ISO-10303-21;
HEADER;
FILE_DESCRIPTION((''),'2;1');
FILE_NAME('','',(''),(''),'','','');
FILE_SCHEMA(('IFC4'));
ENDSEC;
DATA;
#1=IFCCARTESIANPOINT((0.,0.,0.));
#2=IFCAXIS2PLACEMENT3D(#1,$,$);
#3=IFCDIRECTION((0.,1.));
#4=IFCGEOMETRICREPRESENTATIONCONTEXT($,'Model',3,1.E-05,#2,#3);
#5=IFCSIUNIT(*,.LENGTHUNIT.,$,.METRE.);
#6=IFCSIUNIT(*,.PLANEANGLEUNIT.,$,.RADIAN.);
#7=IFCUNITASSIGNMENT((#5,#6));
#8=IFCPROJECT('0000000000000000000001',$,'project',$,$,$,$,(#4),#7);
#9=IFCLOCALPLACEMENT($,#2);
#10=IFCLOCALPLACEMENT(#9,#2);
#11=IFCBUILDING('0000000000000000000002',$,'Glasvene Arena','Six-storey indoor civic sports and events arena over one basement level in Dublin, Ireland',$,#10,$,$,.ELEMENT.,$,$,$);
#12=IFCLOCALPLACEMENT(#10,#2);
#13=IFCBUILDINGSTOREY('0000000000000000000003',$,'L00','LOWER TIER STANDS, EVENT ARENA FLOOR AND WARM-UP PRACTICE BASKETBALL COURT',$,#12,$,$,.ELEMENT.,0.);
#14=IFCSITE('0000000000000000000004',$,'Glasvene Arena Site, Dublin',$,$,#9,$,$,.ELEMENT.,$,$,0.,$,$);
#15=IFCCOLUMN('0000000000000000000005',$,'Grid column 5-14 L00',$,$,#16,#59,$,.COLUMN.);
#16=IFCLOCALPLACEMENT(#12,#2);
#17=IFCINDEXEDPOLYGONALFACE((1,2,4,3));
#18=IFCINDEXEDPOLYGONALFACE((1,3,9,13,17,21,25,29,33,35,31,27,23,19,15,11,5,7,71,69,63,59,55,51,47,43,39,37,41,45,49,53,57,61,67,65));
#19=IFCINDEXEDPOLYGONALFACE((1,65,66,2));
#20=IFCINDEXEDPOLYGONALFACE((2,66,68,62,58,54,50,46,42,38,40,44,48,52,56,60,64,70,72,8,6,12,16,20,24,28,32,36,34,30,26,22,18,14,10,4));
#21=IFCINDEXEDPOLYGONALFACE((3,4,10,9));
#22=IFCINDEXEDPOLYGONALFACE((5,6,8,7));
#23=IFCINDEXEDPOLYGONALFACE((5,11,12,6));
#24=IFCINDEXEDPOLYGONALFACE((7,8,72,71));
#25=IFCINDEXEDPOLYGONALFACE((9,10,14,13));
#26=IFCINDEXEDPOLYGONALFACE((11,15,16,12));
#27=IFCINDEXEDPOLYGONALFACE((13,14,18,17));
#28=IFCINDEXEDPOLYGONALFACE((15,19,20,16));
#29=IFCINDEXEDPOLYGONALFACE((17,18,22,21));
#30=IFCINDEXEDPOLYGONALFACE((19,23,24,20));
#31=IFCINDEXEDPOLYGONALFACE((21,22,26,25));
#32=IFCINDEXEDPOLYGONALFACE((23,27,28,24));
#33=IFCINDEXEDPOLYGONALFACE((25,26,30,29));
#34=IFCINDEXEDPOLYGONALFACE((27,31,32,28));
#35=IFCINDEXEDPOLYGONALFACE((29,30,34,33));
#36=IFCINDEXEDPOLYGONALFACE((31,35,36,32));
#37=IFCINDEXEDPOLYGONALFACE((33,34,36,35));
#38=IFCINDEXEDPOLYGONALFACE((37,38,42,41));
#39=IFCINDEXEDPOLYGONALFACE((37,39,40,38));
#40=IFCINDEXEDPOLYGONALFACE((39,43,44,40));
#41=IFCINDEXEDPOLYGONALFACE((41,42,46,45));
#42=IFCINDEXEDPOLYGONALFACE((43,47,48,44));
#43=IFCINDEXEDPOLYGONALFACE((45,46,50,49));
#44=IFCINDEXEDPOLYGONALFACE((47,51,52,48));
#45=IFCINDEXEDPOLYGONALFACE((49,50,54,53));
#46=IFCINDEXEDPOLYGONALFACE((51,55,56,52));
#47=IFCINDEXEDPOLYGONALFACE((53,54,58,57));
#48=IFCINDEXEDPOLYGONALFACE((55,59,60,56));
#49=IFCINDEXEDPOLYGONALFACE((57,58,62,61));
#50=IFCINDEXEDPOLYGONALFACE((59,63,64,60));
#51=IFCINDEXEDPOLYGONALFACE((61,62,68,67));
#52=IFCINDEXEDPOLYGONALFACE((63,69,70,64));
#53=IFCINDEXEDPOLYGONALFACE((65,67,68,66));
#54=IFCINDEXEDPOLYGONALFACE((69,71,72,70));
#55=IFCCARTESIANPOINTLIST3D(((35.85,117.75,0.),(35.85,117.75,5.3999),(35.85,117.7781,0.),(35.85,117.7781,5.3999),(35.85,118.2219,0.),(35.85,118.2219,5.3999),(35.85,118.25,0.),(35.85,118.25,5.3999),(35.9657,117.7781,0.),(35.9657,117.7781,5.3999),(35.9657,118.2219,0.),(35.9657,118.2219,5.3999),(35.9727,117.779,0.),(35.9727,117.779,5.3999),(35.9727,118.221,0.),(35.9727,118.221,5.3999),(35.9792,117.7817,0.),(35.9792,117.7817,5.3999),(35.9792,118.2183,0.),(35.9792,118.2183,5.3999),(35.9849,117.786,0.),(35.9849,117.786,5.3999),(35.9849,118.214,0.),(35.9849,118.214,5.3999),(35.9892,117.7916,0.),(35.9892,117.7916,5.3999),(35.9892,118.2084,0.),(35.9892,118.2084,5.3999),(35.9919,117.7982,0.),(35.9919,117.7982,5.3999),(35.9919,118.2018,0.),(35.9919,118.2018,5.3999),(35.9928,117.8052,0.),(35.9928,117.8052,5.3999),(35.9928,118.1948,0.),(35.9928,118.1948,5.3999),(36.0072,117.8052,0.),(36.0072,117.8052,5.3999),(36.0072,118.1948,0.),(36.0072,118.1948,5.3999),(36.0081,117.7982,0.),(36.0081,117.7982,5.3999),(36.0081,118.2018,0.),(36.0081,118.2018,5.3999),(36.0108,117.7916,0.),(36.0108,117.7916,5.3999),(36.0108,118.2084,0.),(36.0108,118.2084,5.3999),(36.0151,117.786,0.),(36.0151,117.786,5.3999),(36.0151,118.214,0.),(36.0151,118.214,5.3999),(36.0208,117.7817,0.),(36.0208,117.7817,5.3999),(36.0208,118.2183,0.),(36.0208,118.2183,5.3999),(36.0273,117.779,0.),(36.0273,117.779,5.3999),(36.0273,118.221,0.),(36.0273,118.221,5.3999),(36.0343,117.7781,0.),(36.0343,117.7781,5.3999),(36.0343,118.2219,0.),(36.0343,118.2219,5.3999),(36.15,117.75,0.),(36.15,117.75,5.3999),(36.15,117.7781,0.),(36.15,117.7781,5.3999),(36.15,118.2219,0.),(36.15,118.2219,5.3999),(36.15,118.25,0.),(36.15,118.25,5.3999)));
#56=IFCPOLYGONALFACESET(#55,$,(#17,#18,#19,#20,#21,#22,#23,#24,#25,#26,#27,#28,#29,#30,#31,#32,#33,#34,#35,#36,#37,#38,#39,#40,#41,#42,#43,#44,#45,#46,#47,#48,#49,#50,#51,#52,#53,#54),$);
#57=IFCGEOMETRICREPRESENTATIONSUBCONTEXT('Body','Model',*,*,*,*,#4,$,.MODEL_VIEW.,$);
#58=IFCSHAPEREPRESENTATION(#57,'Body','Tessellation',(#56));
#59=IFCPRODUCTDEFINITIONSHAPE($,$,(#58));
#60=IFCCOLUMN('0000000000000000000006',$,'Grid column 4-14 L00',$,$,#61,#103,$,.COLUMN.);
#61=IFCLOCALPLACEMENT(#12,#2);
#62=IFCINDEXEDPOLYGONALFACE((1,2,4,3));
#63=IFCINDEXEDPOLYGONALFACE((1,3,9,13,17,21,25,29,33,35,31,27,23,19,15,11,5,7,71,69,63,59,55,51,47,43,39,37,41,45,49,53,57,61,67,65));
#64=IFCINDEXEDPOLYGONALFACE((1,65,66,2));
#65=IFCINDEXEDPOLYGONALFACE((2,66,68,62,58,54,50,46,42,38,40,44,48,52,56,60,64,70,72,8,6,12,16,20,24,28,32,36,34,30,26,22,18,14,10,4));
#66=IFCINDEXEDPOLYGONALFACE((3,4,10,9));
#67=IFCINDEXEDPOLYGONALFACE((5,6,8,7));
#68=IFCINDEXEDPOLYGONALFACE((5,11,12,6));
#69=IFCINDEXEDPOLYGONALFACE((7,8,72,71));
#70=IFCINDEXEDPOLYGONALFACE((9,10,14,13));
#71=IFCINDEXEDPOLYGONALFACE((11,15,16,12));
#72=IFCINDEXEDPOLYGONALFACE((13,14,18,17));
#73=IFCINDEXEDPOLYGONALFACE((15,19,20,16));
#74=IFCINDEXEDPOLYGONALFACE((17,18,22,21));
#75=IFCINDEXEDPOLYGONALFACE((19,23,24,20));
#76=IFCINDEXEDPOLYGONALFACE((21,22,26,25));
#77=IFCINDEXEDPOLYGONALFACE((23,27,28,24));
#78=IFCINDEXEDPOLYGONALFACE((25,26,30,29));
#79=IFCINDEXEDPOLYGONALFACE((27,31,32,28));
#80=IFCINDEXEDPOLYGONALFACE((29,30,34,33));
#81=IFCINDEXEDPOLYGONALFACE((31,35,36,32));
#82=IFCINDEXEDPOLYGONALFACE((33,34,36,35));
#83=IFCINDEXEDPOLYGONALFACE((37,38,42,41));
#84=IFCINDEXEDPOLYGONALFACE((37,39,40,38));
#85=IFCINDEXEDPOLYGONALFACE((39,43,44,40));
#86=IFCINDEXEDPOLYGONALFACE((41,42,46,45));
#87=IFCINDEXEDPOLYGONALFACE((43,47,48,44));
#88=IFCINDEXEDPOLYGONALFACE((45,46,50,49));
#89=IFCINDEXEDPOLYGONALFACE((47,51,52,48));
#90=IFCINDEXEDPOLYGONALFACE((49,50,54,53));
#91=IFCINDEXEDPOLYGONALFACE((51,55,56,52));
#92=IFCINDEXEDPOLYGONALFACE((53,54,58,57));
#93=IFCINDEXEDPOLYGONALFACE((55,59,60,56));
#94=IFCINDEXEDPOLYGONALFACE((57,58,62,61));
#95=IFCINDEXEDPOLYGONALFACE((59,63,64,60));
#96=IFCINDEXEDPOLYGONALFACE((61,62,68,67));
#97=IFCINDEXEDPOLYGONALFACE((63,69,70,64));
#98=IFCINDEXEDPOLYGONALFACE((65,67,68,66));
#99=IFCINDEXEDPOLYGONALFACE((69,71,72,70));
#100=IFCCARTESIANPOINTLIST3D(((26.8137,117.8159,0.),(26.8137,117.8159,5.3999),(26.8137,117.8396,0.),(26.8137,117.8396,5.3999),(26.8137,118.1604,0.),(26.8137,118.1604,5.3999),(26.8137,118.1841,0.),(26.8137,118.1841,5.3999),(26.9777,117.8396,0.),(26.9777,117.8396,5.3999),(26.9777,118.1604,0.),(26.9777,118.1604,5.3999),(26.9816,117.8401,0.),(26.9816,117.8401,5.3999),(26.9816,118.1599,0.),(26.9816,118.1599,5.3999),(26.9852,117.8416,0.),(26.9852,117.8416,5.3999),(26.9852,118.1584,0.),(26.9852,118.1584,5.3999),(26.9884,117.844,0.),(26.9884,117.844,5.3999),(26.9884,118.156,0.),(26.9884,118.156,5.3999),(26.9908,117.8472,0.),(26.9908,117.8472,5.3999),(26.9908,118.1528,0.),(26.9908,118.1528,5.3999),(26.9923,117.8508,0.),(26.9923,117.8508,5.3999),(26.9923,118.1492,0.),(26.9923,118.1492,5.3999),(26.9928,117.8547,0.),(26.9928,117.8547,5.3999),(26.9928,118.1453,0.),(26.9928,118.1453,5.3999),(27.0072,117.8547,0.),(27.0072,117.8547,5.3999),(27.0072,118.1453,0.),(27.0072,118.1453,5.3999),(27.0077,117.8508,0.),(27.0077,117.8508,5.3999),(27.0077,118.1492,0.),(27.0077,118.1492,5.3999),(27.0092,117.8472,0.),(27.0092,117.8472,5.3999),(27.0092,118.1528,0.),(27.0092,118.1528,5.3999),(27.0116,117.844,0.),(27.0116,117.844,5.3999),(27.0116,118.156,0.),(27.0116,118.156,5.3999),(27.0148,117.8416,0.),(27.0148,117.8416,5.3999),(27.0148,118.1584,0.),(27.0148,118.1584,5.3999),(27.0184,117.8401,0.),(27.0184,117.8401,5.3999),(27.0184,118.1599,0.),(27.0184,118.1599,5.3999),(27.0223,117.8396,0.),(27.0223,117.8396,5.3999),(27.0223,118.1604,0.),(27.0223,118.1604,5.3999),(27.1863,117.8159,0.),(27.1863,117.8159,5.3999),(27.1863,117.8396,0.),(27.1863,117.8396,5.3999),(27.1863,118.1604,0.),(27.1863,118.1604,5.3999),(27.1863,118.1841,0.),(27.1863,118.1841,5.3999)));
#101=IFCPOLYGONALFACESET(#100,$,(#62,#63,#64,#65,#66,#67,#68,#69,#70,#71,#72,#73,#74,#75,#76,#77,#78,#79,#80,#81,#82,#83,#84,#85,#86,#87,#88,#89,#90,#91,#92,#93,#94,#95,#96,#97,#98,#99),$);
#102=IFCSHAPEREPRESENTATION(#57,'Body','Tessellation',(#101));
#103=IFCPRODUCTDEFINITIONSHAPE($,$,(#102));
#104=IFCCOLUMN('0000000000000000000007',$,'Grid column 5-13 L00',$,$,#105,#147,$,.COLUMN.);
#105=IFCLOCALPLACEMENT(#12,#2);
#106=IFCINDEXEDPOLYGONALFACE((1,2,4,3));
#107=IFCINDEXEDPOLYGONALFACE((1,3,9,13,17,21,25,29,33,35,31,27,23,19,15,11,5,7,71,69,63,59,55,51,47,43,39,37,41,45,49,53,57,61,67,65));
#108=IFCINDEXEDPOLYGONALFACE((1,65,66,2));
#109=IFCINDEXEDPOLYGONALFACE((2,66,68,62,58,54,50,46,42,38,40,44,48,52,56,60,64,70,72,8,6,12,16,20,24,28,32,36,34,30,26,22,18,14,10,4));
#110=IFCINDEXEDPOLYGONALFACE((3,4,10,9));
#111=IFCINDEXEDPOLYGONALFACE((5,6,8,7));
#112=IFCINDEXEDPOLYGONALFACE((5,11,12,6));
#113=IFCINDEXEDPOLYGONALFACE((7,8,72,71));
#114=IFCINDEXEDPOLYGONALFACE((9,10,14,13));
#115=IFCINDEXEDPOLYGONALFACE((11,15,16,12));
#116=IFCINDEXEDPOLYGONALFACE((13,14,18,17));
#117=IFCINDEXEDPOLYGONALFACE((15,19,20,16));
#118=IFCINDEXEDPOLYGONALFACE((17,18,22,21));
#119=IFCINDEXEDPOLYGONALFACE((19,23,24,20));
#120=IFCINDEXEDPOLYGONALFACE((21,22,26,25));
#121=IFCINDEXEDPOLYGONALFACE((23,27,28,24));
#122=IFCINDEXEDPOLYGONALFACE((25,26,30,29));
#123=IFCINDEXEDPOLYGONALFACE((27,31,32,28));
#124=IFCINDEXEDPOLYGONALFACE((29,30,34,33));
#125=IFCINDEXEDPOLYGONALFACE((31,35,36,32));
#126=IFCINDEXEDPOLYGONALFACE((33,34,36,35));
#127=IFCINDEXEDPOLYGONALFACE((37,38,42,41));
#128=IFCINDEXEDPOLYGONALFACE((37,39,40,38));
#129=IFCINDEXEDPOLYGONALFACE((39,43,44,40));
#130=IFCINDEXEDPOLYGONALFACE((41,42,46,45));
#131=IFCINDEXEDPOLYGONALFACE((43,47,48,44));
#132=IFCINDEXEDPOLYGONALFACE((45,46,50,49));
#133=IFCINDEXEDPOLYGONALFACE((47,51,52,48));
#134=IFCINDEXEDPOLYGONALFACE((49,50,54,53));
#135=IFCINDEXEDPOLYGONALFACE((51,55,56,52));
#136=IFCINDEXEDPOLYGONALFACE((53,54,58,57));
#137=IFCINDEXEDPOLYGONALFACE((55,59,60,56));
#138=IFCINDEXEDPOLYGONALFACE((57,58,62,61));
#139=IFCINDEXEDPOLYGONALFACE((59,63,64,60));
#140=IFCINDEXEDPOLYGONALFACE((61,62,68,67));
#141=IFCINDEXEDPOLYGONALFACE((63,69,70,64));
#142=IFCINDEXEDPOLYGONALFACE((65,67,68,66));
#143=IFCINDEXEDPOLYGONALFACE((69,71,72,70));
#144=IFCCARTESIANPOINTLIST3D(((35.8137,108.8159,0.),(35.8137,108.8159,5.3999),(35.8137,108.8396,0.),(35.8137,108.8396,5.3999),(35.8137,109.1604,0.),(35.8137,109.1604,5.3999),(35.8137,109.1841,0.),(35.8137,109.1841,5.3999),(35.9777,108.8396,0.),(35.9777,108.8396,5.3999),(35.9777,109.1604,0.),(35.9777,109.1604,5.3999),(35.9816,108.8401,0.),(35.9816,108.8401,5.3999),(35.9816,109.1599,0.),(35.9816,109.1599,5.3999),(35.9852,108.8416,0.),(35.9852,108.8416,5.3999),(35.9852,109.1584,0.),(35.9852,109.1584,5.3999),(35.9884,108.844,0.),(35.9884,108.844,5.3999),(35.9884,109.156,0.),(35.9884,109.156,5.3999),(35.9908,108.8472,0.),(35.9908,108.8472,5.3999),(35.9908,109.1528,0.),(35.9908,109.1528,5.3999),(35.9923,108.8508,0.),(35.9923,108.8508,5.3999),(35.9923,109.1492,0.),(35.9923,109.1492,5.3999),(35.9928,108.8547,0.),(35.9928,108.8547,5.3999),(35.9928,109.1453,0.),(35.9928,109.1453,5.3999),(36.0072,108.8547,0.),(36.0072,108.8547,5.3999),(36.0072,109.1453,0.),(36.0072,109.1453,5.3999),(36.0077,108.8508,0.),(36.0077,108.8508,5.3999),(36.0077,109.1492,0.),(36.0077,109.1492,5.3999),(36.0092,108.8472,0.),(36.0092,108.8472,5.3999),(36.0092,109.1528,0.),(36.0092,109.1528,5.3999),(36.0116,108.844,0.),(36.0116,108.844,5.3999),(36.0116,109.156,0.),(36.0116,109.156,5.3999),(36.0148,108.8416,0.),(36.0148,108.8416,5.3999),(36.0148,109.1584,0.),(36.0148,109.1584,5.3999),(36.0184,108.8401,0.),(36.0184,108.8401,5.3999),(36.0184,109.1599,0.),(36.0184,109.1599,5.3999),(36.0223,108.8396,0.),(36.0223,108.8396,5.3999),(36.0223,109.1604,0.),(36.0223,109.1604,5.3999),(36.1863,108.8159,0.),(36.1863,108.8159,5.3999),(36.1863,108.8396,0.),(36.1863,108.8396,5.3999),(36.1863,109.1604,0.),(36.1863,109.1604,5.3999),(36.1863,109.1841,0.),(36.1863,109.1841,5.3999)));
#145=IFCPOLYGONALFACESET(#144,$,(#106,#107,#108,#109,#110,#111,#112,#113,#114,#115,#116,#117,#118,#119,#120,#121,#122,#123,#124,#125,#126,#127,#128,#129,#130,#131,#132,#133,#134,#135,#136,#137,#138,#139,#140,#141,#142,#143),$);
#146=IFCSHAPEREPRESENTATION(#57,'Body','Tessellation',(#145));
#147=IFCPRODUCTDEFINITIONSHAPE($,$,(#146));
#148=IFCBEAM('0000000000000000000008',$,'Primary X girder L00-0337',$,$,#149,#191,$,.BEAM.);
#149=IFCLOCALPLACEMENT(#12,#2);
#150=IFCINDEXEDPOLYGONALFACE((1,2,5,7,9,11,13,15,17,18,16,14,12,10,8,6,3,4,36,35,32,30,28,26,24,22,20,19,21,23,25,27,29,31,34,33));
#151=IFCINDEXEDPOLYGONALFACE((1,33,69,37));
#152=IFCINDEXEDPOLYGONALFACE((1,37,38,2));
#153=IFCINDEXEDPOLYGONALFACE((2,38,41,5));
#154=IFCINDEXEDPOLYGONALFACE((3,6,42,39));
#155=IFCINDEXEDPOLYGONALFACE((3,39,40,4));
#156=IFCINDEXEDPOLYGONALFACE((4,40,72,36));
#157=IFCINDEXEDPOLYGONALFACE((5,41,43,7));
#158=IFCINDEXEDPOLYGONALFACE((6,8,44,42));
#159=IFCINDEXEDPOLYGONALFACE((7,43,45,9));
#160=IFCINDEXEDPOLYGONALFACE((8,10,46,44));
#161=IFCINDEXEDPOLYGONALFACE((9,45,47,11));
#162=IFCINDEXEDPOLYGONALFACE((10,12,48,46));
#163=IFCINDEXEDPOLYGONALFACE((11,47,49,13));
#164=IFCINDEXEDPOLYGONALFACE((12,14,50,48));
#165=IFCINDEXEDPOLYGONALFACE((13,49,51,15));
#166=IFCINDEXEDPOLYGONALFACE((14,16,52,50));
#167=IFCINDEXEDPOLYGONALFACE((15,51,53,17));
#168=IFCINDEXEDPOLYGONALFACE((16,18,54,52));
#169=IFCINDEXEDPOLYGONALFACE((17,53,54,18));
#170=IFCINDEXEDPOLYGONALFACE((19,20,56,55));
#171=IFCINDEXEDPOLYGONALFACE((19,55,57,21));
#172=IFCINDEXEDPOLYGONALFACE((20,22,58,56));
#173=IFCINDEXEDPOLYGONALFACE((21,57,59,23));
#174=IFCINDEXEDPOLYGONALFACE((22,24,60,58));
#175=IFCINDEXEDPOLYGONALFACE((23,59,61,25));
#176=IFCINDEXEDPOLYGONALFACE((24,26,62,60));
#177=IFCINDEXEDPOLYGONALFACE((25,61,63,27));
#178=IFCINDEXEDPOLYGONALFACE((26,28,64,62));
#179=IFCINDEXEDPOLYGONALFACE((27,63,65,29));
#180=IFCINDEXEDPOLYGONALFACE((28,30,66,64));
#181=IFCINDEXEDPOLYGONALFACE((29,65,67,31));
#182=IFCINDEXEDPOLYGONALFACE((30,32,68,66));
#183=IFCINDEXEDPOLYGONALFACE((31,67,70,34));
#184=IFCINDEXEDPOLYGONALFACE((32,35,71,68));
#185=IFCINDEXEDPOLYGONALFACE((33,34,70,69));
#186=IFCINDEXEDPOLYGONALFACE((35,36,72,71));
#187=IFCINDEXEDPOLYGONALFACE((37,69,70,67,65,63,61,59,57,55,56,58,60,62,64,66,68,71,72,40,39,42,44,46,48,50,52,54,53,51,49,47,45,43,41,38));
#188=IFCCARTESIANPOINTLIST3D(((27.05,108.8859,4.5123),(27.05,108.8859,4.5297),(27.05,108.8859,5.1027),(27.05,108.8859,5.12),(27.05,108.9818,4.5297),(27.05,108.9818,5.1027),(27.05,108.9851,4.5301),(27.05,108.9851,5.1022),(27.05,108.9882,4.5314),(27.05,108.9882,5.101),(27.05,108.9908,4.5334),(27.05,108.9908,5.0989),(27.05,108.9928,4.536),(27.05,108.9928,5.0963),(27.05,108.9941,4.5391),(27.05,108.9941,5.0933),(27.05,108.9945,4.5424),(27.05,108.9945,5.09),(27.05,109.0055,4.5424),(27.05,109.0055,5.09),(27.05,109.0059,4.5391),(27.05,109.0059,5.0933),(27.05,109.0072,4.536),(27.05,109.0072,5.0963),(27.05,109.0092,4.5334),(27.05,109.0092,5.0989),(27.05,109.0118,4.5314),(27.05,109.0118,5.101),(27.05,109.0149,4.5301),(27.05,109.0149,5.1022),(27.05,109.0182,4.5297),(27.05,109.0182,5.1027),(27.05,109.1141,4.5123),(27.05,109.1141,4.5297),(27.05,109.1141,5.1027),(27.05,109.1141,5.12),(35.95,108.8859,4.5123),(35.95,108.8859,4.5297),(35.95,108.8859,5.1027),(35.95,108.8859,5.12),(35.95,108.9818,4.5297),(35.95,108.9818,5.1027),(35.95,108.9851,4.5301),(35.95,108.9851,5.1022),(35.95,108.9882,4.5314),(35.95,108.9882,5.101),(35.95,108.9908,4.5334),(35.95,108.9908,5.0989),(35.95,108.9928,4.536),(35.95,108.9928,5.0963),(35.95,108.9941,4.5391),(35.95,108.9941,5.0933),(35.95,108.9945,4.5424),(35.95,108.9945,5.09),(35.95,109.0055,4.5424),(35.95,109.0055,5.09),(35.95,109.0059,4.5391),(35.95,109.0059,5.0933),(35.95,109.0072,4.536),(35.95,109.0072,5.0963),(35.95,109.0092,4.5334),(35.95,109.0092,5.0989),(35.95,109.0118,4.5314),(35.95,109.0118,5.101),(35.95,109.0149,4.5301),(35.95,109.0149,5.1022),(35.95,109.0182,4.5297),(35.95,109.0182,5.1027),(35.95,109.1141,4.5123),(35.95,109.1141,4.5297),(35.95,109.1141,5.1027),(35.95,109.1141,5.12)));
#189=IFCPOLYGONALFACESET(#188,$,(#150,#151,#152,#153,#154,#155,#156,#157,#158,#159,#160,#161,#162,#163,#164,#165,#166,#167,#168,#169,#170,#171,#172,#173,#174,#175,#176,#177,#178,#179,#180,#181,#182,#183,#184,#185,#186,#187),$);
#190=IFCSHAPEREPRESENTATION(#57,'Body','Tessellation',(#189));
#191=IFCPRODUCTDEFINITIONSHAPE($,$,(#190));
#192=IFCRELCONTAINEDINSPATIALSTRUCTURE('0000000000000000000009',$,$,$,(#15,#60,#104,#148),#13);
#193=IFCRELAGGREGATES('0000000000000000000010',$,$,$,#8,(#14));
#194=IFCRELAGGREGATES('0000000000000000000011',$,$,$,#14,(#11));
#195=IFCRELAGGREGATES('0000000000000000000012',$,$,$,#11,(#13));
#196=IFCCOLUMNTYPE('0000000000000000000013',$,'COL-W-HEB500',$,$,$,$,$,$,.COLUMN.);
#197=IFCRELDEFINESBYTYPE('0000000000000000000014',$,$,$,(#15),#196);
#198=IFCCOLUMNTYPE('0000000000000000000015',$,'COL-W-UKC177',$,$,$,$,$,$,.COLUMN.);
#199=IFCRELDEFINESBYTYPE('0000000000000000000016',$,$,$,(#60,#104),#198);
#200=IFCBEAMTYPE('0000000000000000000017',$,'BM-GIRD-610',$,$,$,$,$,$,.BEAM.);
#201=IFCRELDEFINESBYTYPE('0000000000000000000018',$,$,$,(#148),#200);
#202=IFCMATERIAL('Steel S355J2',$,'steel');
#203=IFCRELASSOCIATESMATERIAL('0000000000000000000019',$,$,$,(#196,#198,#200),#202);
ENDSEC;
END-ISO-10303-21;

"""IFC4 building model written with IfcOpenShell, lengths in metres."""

from ifc_helpers import new_model, si_unit, direction, frame, origin, origin_2d, place, context, subcontext, project, spatial, i_section, extrude, material, material_profile, profile_set, type_object, element, save


model = new_model("IFC4")

# Units and contexts
model_context = context("Model", 3, precision=1e-05, world=origin(), true_north=direction((0.0, 1.0)))
body_context = subcontext(model_context, "Body", "Model", "MODEL_VIEW")
ifc_project = project(units=[si_unit("LENGTHUNIT", "METRE"), si_unit("PLANEANGLEUNIT", "RADIAN")], contexts=[model_context])

# Site, building, storey
site_placement = place(None, origin())
site = spatial("IfcSite", under=ifc_project, at=site_placement, Name="Glasvene Arena Site, Dublin", CompositionType="ELEMENT", RefElevation=0.0)
building_placement = place(site_placement, origin())
building = spatial("IfcBuilding", under=site, at=building_placement, Name="Glasvene Arena", Description="Six-storey indoor civic sports and events arena over one basement level in Dublin, Ireland", CompositionType="ELEMENT")
storey_placement = place(building_placement, origin())
storey = spatial("IfcBuildingStorey", under=building, at=storey_placement, Name="L00", Description="LOWER TIER STANDS, EVENT ARENA FLOOR AND WARM-UP PRACTICE BASKETBALL COURT", CompositionType="ELEMENT", Elevation=0.0)

# Columns
ifc_material_1 = material(Name="Steel S355J2", Category="steel")
ifc_material_profile_1 = material_profile(ifc_material_1, i_section(OverallWidth=0.3, OverallDepth=0.5, WebThickness=0.0144, FlangeThickness=0.0281, FilletRadius=0.0271, at=origin_2d()), Name="HEB 500")
ifc_profile_set_1 = profile_set([ifc_material_profile_1], Name="Steel S355J2")
column_type_1 = type_object("IfcColumnType", Name="COL-W-HEB500", PredefinedType="COLUMN", material=ifc_profile_set_1)
column_placement = place(storey_placement, frame((36.0, 118.0, 0.0), z_axis=(0.0, 0.0, 1.0), x_axis=(1.0, 0.0, 0.0)))
element("IfcColumn", 1, at=column_placement, inside=storey, type_object=column_type_1, Name="Grid column 5-14 L00", PredefinedType="COLUMN", context=body_context, shape_type="SweptSolid", body=[
    extrude(i_section(OverallWidth=0.3, OverallDepth=0.5, WebThickness=0.0144, FlangeThickness=0.0281, FilletRadius=0.0271, at=origin_2d()), origin(), (0.0, 0.0, 1.0), 5.3999),
])
ifc_material_profile_2 = material_profile(ifc_material_1, i_section(OverallWidth=0.3726, OverallDepth=0.3682, WebThickness=0.0144, FlangeThickness=0.0237, FilletRadius=0.0151, at=origin_2d()), Name="UKC 356x368x177")
ifc_profile_set_2 = profile_set([ifc_material_profile_2], Name="Steel S355J2")
column_type_2 = type_object("IfcColumnType", Name="COL-W-UKC177", PredefinedType="COLUMN", material=ifc_profile_set_2)
for number, where, z_axis, x_axis, name in (
    (2, (27.0, 118.0, 0.0), (0.0, 0.0, 1.0), (1.0, 0.0, 0.0), "Grid column 4-14 L00"),
    (3, (36.0, 109.0, 0.0), (0.0, 0.0, 1.0), (1.0, 0.0, 0.0), "Grid column 5-13 L00"),
):
    element("IfcColumn", number, at=place(storey_placement, frame(where, z_axis=z_axis, x_axis=x_axis)), inside=storey, type_object=column_type_2, Name=name, PredefinedType="COLUMN", context=body_context, shape_type="SweptSolid", body=[
        extrude(i_section(OverallWidth=0.3726, OverallDepth=0.3682, WebThickness=0.0144, FlangeThickness=0.0237, FilletRadius=0.0151, at=origin_2d()), origin(), (0.0, 0.0, 1.0), 5.3999),
    ])

# Beam
ifc_material_profile_3 = material_profile(ifc_material_1, i_section(OverallWidth=0.2283, OverallDepth=0.6077, WebThickness=0.011, FlangeThickness=0.0173, FilletRadius=0.0127, at=origin_2d()), Name="UKB 610x229x113")
ifc_profile_set_3 = profile_set([ifc_material_profile_3], Name="Steel S355J2")
beam_type_1 = type_object("IfcBeamType", Name="BM-GIRD-610", PredefinedType="BEAM", material=ifc_profile_set_3)
for number, where, z_axis, x_axis, name in (
    (4, (27.05, 109.0, 4.8162), (1.0, 0.0, 0.0), (0.0, 1.0, 0.0), "Primary X girder L00-0337"),
):
    element("IfcBeam", number, at=place(storey_placement, frame(where, z_axis=z_axis, x_axis=x_axis)), inside=storey, type_object=beam_type_1, Name=name, PredefinedType="BEAM", context=body_context, shape_type="SweptSolid", body=[
        extrude(i_section(OverallWidth=0.2283, OverallDepth=0.6077, WebThickness=0.011, FlangeThickness=0.0173, FilletRadius=0.0127, at=origin_2d()), origin(), (0.0, 0.0, 1.0), 8.8999),
    ])

save(model, "model.ifc")
